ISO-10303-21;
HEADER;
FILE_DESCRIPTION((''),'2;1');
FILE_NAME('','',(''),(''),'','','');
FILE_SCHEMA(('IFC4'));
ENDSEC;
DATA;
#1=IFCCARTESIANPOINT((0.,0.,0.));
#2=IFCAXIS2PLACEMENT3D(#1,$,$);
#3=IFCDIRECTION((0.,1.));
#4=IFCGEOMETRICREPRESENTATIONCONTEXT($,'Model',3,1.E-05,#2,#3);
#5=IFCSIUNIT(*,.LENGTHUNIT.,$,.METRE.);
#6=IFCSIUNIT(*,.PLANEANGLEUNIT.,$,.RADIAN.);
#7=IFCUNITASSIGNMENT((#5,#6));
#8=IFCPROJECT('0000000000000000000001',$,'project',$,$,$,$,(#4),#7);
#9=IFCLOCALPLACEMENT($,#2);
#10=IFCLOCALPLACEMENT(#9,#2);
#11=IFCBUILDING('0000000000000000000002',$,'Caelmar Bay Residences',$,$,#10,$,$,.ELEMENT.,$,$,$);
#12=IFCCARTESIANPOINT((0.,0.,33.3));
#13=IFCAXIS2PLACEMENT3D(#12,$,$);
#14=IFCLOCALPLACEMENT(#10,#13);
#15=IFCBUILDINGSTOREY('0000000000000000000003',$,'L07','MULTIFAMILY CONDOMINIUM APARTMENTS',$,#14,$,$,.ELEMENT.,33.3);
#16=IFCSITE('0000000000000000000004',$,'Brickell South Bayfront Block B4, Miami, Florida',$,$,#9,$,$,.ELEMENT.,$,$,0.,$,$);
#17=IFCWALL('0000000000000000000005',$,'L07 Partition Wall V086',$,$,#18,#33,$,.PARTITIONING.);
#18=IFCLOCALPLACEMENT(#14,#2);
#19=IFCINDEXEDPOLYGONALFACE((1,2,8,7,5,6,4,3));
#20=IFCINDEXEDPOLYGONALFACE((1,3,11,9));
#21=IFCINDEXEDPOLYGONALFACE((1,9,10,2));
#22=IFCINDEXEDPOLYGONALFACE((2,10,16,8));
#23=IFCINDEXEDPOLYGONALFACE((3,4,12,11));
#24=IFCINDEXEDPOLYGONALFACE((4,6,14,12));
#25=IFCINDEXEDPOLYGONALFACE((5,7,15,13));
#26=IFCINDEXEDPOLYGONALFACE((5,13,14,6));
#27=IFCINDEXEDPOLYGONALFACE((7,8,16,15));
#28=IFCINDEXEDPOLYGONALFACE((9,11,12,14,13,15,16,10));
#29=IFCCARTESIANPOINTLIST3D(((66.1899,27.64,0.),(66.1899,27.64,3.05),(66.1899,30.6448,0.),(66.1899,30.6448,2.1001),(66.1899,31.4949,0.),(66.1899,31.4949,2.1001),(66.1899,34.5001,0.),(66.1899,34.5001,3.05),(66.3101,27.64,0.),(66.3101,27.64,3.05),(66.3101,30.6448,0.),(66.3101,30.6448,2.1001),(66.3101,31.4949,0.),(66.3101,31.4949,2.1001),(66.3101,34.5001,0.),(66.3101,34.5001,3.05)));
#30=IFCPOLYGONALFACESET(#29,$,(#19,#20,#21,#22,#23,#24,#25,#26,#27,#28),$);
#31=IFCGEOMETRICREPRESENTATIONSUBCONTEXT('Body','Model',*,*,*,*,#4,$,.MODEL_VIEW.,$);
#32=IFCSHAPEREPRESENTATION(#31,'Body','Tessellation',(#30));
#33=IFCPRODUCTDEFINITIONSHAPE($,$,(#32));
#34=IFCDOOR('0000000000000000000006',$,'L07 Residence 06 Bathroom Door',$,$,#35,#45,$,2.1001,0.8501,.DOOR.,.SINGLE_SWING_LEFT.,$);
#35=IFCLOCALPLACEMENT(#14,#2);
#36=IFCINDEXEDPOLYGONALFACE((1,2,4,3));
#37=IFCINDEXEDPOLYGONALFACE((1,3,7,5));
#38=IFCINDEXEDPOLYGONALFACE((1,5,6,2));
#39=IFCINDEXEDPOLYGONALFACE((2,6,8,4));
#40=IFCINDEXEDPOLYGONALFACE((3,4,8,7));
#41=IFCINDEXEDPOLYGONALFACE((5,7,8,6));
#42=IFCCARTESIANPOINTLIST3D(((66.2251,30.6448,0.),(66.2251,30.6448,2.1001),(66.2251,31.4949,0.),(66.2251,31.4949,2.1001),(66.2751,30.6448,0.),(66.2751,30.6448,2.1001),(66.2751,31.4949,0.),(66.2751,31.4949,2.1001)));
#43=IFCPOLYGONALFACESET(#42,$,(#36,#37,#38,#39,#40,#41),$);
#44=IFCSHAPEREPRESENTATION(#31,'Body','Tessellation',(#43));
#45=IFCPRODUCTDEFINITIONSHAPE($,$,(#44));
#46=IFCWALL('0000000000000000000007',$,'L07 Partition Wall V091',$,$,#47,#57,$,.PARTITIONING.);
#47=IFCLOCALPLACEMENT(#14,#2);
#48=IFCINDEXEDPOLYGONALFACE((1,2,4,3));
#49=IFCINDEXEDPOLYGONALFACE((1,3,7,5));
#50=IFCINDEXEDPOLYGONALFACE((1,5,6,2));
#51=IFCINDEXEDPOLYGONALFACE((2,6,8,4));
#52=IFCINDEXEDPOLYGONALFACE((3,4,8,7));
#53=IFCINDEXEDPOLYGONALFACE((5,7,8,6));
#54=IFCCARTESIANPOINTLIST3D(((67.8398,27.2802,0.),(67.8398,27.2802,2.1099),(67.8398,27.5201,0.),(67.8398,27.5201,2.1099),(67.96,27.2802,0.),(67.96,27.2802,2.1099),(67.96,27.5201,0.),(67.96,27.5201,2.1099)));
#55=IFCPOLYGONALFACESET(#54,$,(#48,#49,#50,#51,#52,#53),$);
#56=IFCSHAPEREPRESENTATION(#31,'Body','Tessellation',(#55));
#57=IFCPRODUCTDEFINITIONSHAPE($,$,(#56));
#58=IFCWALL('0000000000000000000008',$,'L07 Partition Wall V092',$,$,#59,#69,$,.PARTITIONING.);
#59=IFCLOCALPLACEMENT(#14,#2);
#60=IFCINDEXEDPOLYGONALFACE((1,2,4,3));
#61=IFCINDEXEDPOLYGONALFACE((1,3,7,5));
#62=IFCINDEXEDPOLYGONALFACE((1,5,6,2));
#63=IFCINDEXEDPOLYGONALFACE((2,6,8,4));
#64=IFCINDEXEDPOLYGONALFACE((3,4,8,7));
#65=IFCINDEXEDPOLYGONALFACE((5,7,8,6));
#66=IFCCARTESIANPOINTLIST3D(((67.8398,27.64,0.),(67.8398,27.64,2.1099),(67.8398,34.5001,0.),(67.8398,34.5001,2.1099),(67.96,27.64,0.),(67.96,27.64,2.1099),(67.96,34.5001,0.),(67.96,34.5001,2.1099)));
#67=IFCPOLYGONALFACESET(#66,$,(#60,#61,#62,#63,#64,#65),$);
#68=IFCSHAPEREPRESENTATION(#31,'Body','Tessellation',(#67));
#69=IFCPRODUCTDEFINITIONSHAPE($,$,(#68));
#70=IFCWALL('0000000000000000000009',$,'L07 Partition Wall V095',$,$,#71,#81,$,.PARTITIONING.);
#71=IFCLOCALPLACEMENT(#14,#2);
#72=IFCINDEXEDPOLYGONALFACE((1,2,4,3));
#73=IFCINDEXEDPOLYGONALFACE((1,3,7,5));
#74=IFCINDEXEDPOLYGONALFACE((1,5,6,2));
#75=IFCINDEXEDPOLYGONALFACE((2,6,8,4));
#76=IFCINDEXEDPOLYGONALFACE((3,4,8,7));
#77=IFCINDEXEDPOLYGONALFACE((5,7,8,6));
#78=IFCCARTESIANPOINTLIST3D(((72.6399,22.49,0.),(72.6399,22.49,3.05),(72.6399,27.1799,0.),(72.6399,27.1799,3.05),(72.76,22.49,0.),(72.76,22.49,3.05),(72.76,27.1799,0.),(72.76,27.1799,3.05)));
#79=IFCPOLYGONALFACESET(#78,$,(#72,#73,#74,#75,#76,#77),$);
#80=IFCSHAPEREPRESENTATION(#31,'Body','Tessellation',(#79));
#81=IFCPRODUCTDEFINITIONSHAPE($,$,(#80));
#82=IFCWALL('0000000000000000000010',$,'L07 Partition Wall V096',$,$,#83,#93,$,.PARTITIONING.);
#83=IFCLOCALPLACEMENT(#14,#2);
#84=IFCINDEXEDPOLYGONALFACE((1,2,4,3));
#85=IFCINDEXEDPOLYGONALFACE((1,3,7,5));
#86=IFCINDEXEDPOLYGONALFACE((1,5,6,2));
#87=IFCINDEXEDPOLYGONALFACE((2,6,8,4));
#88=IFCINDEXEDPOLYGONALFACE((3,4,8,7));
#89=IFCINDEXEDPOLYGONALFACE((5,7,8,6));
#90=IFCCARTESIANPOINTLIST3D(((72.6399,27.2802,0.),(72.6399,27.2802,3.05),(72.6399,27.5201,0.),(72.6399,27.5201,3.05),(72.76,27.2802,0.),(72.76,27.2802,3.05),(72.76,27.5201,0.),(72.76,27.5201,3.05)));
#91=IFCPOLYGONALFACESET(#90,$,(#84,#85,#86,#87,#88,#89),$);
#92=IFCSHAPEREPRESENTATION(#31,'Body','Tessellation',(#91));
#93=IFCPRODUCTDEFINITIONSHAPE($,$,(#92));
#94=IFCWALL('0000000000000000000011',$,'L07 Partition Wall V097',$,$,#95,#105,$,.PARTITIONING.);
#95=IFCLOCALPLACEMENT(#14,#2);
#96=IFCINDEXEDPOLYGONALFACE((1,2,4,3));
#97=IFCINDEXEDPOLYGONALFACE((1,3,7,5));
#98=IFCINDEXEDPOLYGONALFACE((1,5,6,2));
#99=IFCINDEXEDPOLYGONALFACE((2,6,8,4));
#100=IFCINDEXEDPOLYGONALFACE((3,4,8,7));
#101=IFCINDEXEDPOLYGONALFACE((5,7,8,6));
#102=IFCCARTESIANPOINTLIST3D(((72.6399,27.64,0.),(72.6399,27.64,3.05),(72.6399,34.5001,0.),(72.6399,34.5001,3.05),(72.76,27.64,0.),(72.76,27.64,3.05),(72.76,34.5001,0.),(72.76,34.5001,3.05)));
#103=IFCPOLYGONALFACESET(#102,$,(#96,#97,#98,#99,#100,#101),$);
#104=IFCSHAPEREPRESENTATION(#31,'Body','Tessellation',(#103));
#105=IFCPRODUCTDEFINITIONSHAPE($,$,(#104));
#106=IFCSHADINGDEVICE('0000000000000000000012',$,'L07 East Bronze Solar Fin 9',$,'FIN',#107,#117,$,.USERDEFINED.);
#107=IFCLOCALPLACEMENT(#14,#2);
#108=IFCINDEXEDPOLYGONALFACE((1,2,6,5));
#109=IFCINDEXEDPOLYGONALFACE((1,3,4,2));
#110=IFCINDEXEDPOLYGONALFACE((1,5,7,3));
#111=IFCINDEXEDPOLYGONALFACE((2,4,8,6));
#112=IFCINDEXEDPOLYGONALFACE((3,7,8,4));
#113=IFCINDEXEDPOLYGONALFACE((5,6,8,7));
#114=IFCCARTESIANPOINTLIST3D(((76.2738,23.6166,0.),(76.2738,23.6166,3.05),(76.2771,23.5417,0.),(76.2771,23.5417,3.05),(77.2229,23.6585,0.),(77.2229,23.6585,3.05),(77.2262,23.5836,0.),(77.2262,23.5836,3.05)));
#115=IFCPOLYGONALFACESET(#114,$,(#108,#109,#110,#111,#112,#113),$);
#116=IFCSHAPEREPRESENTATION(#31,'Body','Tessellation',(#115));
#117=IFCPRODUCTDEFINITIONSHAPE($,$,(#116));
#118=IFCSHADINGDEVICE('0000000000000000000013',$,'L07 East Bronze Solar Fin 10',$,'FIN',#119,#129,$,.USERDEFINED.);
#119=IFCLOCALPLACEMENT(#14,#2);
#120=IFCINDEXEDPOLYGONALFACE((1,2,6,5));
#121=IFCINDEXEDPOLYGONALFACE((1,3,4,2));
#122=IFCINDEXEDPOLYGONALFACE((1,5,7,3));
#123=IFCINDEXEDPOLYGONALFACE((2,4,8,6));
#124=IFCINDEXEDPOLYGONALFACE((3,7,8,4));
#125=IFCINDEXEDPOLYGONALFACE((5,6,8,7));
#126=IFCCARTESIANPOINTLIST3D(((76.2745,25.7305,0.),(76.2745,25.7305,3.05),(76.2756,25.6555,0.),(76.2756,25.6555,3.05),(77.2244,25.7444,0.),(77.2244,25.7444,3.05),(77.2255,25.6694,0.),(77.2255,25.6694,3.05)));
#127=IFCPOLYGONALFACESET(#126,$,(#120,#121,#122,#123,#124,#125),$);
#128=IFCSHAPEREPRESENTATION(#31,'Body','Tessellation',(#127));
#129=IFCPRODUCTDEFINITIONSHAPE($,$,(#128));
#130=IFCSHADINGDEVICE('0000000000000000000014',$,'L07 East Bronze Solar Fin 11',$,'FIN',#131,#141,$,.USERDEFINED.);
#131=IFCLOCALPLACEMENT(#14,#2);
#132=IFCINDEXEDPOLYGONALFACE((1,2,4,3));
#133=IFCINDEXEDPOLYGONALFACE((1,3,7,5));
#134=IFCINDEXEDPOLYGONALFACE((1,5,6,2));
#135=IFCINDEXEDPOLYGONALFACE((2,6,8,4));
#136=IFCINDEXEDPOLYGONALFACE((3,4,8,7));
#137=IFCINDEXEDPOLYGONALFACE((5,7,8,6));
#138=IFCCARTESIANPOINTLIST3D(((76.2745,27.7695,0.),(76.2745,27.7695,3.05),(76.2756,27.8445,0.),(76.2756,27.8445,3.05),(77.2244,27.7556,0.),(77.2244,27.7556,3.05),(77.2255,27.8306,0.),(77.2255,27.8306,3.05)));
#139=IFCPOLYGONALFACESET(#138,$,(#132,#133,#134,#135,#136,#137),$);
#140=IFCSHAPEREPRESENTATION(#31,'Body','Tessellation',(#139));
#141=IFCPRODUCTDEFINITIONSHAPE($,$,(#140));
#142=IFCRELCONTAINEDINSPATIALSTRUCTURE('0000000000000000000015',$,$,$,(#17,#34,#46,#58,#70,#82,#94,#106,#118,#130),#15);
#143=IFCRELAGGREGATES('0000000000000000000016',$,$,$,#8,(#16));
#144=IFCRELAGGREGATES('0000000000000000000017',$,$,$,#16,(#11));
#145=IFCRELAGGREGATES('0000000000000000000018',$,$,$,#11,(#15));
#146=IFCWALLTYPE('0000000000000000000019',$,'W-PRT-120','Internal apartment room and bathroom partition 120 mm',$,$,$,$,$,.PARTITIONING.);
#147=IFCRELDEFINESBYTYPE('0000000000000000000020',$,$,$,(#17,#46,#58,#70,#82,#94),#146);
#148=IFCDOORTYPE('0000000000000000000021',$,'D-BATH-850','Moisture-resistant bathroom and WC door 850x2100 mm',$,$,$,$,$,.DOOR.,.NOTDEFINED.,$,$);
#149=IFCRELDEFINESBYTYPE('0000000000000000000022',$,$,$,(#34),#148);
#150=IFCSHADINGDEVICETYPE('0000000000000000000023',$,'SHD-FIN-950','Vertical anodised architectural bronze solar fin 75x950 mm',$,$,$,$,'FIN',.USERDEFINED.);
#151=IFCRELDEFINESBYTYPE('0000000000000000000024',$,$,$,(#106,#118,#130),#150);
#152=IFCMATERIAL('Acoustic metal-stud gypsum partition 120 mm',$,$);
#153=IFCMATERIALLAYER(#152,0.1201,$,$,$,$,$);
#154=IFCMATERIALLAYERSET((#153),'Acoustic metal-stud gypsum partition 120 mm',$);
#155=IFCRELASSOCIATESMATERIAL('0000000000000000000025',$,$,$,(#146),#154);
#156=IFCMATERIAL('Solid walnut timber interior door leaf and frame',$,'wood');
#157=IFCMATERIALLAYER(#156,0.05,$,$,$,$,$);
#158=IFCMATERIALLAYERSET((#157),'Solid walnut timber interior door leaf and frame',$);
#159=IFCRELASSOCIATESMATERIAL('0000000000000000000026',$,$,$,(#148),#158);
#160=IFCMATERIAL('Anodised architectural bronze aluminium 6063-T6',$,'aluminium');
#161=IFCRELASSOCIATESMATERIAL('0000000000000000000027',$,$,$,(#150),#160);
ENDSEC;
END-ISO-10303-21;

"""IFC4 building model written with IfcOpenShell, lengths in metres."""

from ifc_helpers import new_model, si_unit, direction, frame, frame_2d, origin, origin_2d, place, context, subcontext, project, spatial, rectangle, extrude, material, layer, layer_set, material_profile, profile_set, type_object, element, fill, save


model = new_model("IFC4")

# Units and contexts
model_context = context("Model", 3, precision=1e-05, world=origin(), true_north=direction((0.0, 1.0)))
body_context = subcontext(model_context, "Body", "Model", "MODEL_VIEW")
ifc_project = project(units=[si_unit("LENGTHUNIT", "METRE"), si_unit("PLANEANGLEUNIT", "RADIAN")], contexts=[model_context])

# Site, building, storey
site_placement = place(None, origin())
site = spatial("IfcSite", under=ifc_project, at=site_placement, Name="Brickell South Bayfront Block B4, Miami, Florida", CompositionType="ELEMENT", RefElevation=0.0)
building_placement = place(site_placement, origin())
building = spatial("IfcBuilding", under=site, at=building_placement, Name="Caelmar Bay Residences", CompositionType="ELEMENT")
storey_placement = place(building_placement, frame((0.0, 0.0, 33.3)))
storey = spatial("IfcBuildingStorey", under=building, at=storey_placement, Name="L07", Description="MULTIFAMILY CONDOMINIUM APARTMENTS", CompositionType="ELEMENT", Elevation=33.3)

# Shared definitions
ifc_material_1 = material(Name="Solid walnut timber interior door leaf and frame", Category="wood")

# Shared definitions
ifc_material_2 = material(Name="Acoustic metal-stud gypsum partition 120 mm")
ifc_layer_1 = layer(ifc_material_2, 0.1201)
ifc_layer_set_1 = layer_set([ifc_layer_1], Name="Acoustic metal-stud gypsum partition 120 mm")
wall_type_1 = type_object("IfcWallType", Name="W-PRT-120", Description="Internal apartment room and bathroom partition 120 mm", PredefinedType="PARTITIONING", material=ifc_layer_set_1)

# Wall, opening, door
wall_1_placement = place(storey_placement, frame((66.25, 27.6399, 0.0), z_axis=(0.0, 0.0, 1.0), x_axis=(0.0, 1.0, 0.0)))
wall_1 = element("IfcWall", 1, at=wall_1_placement, inside=storey, type_object=wall_type_1, Name="L07 Partition Wall V086", PredefinedType="PARTITIONING", context=body_context, shape_type="SweptSolid", body=[
    extrude(rectangle(XDim=6.8601, YDim=0.1201, at=frame_2d((3.4302, 0.0))), origin(), (0.0, 0.0, 1.0), 3.05),
])
opening_1_placement = place(wall_1_placement, frame((3.0049, 0.0, 0.0)))
opening_1 = element("IfcOpeningElement", 2, at=opening_1_placement, cuts=wall_1, PredefinedType="OPENING", context=body_context, shape_type="SweptSolid", body=[
    extrude(rectangle(XDim=0.8501, YDim=2.1001, at=frame_2d((0.425, 1.05))), frame((0.0, 0.0701, 0.0), z_axis=(0.0, -1.0, 0.0), x_axis=(1.0, 0.0, 0.0)), (0.0, 0.0, 1.0), 0.1401),
])
ifc_layer_2 = layer(ifc_material_1, 0.05)
ifc_layer_set_2 = layer_set([ifc_layer_2], Name="Solid walnut timber interior door leaf and frame")
door_type_1 = type_object("IfcDoorType", Name="D-BATH-850", Description="Moisture-resistant bathroom and WC door 850x2100 mm", OperationType="NOTDEFINED", PredefinedType="DOOR", material=ifc_layer_set_2)
door_1_placement = place(opening_1_placement, origin())
door_1 = element("IfcDoor", 3, at=door_1_placement, inside=storey, type_object=door_type_1, Name="L07 Residence 06 Bathroom Door", OperationType="SINGLE_SWING_LEFT", OverallHeight=2.1001, OverallWidth=0.8501, PredefinedType="DOOR", context=body_context, shape_type="SweptSolid", body=[
    extrude(rectangle(XDim=0.8501, YDim=2.1001, at=frame_2d((0.425, 1.05))), frame((0.0, 0.0249, 0.0), z_axis=(0.0, -1.0, 0.0), x_axis=(1.0, 0.0, 0.0)), (0.0, 0.0, 1.0), 0.05),
])
fill(opening_1, door_1)

# Walls
wall_2_placement = place(storey_placement, frame((67.8999, 27.28, 0.0), z_axis=(0.0, 0.0, 1.0), x_axis=(0.0, 1.0, 0.0)))
element("IfcWall", 4, at=wall_2_placement, inside=storey, type_object=wall_type_1, Name="L07 Partition Wall V091", PredefinedType="PARTITIONING", context=body_context, shape_type="SweptSolid", body=[
    extrude(rectangle(XDim=0.24, YDim=0.1201, at=frame_2d((0.1201, 0.0))), origin(), (0.0, 0.0, 1.0), 2.1099),
])
wall_3_placement = place(storey_placement, frame((67.8999, 27.6399, 0.0), z_axis=(0.0, 0.0, 1.0), x_axis=(0.0, 1.0, 0.0)))
element("IfcWall", 5, at=wall_3_placement, inside=storey, type_object=wall_type_1, Name="L07 Partition Wall V092", PredefinedType="PARTITIONING", context=body_context, shape_type="SweptSolid", body=[
    extrude(rectangle(XDim=6.8601, YDim=0.1201, at=frame_2d((3.4302, 0.0))), origin(), (0.0, 0.0, 1.0), 2.1099),
])
wall_4_placement = place(storey_placement, frame((72.7, 22.49, 0.0), z_axis=(0.0, 0.0, 1.0), x_axis=(0.0, 1.0, 0.0)))
element("IfcWall", 6, at=wall_4_placement, inside=storey, type_object=wall_type_1, Name="L07 Partition Wall V095", PredefinedType="PARTITIONING", context=body_context, shape_type="SweptSolid", body=[
    extrude(rectangle(XDim=4.6899, YDim=0.1201, at=frame_2d((2.345, 0.0))), origin(), (0.0, 0.0, 1.0), 3.05),
])
wall_5_placement = place(storey_placement, frame((72.7, 27.28, 0.0), z_axis=(0.0, 0.0, 1.0), x_axis=(0.0, 1.0, 0.0)))
element("IfcWall", 7, at=wall_5_placement, inside=storey, type_object=wall_type_1, Name="L07 Partition Wall V096", PredefinedType="PARTITIONING", context=body_context, shape_type="SweptSolid", body=[
    extrude(rectangle(XDim=0.24, YDim=0.1201, at=frame_2d((0.1201, 0.0))), origin(), (0.0, 0.0, 1.0), 3.05),
])
wall_6_placement = place(storey_placement, frame((72.7, 27.6399, 0.0), z_axis=(0.0, 0.0, 1.0), x_axis=(0.0, 1.0, 0.0)))
element("IfcWall", 8, at=wall_6_placement, inside=storey, type_object=wall_type_1, Name="L07 Partition Wall V097", PredefinedType="PARTITIONING", context=body_context, shape_type="SweptSolid", body=[
    extrude(rectangle(XDim=6.8601, YDim=0.1201, at=frame_2d((3.4302, 0.0))), origin(), (0.0, 0.0, 1.0), 3.05),
])

# Shading devices
ifc_material_3 = material(Name="Anodised architectural bronze aluminium 6063-T6", Category="aluminium")
ifc_material_profile_1 = material_profile(ifc_material_3, rectangle(XDim=0.075, YDim=0.95, at=origin_2d()), Name="BRONZE-FIN-75X950")
ifc_profile_set_1 = profile_set([ifc_material_profile_1], Name="Anodised architectural bronze aluminium 6063-T6")
shading_device_type = type_object("IfcShadingDeviceType", Name="SHD-FIN-950", Description="Vertical anodised architectural bronze solar fin 75x950 mm", ElementType="FIN", PredefinedType="USERDEFINED", material=ifc_profile_set_1)
for number, where, z_axis, x_axis, name in (
    (9, (76.75, 23.6001, 0.0), (0.0, 0.0, 1.0), (-0.044142, 0.999025, 0.0), "L07 East Bronze Solar Fin 9"),
    (10, (76.75, 25.7, 0.0), (0.0, 0.0, 1.0), (-0.01466, 0.999893, 0.0), "L07 East Bronze Solar Fin 10"),
    (11, (76.75, 27.8, 0.0), (0.0, 0.0, 1.0), (0.01466, 0.999893, 0.0), "L07 East Bronze Solar Fin 11"),
):
    element("IfcShadingDevice", number, at=place(storey_placement, frame(where, z_axis=z_axis, x_axis=x_axis)), inside=storey, type_object=shading_device_type, Name=name, ObjectType="FIN", PredefinedType="USERDEFINED", context=body_context, shape_type="SweptSolid", body=[
        extrude(rectangle(XDim=0.075, YDim=0.95, at=origin_2d()), origin(), (0.0, 0.0, 1.0), 3.05),
    ])

save(model, "model.ifc")
